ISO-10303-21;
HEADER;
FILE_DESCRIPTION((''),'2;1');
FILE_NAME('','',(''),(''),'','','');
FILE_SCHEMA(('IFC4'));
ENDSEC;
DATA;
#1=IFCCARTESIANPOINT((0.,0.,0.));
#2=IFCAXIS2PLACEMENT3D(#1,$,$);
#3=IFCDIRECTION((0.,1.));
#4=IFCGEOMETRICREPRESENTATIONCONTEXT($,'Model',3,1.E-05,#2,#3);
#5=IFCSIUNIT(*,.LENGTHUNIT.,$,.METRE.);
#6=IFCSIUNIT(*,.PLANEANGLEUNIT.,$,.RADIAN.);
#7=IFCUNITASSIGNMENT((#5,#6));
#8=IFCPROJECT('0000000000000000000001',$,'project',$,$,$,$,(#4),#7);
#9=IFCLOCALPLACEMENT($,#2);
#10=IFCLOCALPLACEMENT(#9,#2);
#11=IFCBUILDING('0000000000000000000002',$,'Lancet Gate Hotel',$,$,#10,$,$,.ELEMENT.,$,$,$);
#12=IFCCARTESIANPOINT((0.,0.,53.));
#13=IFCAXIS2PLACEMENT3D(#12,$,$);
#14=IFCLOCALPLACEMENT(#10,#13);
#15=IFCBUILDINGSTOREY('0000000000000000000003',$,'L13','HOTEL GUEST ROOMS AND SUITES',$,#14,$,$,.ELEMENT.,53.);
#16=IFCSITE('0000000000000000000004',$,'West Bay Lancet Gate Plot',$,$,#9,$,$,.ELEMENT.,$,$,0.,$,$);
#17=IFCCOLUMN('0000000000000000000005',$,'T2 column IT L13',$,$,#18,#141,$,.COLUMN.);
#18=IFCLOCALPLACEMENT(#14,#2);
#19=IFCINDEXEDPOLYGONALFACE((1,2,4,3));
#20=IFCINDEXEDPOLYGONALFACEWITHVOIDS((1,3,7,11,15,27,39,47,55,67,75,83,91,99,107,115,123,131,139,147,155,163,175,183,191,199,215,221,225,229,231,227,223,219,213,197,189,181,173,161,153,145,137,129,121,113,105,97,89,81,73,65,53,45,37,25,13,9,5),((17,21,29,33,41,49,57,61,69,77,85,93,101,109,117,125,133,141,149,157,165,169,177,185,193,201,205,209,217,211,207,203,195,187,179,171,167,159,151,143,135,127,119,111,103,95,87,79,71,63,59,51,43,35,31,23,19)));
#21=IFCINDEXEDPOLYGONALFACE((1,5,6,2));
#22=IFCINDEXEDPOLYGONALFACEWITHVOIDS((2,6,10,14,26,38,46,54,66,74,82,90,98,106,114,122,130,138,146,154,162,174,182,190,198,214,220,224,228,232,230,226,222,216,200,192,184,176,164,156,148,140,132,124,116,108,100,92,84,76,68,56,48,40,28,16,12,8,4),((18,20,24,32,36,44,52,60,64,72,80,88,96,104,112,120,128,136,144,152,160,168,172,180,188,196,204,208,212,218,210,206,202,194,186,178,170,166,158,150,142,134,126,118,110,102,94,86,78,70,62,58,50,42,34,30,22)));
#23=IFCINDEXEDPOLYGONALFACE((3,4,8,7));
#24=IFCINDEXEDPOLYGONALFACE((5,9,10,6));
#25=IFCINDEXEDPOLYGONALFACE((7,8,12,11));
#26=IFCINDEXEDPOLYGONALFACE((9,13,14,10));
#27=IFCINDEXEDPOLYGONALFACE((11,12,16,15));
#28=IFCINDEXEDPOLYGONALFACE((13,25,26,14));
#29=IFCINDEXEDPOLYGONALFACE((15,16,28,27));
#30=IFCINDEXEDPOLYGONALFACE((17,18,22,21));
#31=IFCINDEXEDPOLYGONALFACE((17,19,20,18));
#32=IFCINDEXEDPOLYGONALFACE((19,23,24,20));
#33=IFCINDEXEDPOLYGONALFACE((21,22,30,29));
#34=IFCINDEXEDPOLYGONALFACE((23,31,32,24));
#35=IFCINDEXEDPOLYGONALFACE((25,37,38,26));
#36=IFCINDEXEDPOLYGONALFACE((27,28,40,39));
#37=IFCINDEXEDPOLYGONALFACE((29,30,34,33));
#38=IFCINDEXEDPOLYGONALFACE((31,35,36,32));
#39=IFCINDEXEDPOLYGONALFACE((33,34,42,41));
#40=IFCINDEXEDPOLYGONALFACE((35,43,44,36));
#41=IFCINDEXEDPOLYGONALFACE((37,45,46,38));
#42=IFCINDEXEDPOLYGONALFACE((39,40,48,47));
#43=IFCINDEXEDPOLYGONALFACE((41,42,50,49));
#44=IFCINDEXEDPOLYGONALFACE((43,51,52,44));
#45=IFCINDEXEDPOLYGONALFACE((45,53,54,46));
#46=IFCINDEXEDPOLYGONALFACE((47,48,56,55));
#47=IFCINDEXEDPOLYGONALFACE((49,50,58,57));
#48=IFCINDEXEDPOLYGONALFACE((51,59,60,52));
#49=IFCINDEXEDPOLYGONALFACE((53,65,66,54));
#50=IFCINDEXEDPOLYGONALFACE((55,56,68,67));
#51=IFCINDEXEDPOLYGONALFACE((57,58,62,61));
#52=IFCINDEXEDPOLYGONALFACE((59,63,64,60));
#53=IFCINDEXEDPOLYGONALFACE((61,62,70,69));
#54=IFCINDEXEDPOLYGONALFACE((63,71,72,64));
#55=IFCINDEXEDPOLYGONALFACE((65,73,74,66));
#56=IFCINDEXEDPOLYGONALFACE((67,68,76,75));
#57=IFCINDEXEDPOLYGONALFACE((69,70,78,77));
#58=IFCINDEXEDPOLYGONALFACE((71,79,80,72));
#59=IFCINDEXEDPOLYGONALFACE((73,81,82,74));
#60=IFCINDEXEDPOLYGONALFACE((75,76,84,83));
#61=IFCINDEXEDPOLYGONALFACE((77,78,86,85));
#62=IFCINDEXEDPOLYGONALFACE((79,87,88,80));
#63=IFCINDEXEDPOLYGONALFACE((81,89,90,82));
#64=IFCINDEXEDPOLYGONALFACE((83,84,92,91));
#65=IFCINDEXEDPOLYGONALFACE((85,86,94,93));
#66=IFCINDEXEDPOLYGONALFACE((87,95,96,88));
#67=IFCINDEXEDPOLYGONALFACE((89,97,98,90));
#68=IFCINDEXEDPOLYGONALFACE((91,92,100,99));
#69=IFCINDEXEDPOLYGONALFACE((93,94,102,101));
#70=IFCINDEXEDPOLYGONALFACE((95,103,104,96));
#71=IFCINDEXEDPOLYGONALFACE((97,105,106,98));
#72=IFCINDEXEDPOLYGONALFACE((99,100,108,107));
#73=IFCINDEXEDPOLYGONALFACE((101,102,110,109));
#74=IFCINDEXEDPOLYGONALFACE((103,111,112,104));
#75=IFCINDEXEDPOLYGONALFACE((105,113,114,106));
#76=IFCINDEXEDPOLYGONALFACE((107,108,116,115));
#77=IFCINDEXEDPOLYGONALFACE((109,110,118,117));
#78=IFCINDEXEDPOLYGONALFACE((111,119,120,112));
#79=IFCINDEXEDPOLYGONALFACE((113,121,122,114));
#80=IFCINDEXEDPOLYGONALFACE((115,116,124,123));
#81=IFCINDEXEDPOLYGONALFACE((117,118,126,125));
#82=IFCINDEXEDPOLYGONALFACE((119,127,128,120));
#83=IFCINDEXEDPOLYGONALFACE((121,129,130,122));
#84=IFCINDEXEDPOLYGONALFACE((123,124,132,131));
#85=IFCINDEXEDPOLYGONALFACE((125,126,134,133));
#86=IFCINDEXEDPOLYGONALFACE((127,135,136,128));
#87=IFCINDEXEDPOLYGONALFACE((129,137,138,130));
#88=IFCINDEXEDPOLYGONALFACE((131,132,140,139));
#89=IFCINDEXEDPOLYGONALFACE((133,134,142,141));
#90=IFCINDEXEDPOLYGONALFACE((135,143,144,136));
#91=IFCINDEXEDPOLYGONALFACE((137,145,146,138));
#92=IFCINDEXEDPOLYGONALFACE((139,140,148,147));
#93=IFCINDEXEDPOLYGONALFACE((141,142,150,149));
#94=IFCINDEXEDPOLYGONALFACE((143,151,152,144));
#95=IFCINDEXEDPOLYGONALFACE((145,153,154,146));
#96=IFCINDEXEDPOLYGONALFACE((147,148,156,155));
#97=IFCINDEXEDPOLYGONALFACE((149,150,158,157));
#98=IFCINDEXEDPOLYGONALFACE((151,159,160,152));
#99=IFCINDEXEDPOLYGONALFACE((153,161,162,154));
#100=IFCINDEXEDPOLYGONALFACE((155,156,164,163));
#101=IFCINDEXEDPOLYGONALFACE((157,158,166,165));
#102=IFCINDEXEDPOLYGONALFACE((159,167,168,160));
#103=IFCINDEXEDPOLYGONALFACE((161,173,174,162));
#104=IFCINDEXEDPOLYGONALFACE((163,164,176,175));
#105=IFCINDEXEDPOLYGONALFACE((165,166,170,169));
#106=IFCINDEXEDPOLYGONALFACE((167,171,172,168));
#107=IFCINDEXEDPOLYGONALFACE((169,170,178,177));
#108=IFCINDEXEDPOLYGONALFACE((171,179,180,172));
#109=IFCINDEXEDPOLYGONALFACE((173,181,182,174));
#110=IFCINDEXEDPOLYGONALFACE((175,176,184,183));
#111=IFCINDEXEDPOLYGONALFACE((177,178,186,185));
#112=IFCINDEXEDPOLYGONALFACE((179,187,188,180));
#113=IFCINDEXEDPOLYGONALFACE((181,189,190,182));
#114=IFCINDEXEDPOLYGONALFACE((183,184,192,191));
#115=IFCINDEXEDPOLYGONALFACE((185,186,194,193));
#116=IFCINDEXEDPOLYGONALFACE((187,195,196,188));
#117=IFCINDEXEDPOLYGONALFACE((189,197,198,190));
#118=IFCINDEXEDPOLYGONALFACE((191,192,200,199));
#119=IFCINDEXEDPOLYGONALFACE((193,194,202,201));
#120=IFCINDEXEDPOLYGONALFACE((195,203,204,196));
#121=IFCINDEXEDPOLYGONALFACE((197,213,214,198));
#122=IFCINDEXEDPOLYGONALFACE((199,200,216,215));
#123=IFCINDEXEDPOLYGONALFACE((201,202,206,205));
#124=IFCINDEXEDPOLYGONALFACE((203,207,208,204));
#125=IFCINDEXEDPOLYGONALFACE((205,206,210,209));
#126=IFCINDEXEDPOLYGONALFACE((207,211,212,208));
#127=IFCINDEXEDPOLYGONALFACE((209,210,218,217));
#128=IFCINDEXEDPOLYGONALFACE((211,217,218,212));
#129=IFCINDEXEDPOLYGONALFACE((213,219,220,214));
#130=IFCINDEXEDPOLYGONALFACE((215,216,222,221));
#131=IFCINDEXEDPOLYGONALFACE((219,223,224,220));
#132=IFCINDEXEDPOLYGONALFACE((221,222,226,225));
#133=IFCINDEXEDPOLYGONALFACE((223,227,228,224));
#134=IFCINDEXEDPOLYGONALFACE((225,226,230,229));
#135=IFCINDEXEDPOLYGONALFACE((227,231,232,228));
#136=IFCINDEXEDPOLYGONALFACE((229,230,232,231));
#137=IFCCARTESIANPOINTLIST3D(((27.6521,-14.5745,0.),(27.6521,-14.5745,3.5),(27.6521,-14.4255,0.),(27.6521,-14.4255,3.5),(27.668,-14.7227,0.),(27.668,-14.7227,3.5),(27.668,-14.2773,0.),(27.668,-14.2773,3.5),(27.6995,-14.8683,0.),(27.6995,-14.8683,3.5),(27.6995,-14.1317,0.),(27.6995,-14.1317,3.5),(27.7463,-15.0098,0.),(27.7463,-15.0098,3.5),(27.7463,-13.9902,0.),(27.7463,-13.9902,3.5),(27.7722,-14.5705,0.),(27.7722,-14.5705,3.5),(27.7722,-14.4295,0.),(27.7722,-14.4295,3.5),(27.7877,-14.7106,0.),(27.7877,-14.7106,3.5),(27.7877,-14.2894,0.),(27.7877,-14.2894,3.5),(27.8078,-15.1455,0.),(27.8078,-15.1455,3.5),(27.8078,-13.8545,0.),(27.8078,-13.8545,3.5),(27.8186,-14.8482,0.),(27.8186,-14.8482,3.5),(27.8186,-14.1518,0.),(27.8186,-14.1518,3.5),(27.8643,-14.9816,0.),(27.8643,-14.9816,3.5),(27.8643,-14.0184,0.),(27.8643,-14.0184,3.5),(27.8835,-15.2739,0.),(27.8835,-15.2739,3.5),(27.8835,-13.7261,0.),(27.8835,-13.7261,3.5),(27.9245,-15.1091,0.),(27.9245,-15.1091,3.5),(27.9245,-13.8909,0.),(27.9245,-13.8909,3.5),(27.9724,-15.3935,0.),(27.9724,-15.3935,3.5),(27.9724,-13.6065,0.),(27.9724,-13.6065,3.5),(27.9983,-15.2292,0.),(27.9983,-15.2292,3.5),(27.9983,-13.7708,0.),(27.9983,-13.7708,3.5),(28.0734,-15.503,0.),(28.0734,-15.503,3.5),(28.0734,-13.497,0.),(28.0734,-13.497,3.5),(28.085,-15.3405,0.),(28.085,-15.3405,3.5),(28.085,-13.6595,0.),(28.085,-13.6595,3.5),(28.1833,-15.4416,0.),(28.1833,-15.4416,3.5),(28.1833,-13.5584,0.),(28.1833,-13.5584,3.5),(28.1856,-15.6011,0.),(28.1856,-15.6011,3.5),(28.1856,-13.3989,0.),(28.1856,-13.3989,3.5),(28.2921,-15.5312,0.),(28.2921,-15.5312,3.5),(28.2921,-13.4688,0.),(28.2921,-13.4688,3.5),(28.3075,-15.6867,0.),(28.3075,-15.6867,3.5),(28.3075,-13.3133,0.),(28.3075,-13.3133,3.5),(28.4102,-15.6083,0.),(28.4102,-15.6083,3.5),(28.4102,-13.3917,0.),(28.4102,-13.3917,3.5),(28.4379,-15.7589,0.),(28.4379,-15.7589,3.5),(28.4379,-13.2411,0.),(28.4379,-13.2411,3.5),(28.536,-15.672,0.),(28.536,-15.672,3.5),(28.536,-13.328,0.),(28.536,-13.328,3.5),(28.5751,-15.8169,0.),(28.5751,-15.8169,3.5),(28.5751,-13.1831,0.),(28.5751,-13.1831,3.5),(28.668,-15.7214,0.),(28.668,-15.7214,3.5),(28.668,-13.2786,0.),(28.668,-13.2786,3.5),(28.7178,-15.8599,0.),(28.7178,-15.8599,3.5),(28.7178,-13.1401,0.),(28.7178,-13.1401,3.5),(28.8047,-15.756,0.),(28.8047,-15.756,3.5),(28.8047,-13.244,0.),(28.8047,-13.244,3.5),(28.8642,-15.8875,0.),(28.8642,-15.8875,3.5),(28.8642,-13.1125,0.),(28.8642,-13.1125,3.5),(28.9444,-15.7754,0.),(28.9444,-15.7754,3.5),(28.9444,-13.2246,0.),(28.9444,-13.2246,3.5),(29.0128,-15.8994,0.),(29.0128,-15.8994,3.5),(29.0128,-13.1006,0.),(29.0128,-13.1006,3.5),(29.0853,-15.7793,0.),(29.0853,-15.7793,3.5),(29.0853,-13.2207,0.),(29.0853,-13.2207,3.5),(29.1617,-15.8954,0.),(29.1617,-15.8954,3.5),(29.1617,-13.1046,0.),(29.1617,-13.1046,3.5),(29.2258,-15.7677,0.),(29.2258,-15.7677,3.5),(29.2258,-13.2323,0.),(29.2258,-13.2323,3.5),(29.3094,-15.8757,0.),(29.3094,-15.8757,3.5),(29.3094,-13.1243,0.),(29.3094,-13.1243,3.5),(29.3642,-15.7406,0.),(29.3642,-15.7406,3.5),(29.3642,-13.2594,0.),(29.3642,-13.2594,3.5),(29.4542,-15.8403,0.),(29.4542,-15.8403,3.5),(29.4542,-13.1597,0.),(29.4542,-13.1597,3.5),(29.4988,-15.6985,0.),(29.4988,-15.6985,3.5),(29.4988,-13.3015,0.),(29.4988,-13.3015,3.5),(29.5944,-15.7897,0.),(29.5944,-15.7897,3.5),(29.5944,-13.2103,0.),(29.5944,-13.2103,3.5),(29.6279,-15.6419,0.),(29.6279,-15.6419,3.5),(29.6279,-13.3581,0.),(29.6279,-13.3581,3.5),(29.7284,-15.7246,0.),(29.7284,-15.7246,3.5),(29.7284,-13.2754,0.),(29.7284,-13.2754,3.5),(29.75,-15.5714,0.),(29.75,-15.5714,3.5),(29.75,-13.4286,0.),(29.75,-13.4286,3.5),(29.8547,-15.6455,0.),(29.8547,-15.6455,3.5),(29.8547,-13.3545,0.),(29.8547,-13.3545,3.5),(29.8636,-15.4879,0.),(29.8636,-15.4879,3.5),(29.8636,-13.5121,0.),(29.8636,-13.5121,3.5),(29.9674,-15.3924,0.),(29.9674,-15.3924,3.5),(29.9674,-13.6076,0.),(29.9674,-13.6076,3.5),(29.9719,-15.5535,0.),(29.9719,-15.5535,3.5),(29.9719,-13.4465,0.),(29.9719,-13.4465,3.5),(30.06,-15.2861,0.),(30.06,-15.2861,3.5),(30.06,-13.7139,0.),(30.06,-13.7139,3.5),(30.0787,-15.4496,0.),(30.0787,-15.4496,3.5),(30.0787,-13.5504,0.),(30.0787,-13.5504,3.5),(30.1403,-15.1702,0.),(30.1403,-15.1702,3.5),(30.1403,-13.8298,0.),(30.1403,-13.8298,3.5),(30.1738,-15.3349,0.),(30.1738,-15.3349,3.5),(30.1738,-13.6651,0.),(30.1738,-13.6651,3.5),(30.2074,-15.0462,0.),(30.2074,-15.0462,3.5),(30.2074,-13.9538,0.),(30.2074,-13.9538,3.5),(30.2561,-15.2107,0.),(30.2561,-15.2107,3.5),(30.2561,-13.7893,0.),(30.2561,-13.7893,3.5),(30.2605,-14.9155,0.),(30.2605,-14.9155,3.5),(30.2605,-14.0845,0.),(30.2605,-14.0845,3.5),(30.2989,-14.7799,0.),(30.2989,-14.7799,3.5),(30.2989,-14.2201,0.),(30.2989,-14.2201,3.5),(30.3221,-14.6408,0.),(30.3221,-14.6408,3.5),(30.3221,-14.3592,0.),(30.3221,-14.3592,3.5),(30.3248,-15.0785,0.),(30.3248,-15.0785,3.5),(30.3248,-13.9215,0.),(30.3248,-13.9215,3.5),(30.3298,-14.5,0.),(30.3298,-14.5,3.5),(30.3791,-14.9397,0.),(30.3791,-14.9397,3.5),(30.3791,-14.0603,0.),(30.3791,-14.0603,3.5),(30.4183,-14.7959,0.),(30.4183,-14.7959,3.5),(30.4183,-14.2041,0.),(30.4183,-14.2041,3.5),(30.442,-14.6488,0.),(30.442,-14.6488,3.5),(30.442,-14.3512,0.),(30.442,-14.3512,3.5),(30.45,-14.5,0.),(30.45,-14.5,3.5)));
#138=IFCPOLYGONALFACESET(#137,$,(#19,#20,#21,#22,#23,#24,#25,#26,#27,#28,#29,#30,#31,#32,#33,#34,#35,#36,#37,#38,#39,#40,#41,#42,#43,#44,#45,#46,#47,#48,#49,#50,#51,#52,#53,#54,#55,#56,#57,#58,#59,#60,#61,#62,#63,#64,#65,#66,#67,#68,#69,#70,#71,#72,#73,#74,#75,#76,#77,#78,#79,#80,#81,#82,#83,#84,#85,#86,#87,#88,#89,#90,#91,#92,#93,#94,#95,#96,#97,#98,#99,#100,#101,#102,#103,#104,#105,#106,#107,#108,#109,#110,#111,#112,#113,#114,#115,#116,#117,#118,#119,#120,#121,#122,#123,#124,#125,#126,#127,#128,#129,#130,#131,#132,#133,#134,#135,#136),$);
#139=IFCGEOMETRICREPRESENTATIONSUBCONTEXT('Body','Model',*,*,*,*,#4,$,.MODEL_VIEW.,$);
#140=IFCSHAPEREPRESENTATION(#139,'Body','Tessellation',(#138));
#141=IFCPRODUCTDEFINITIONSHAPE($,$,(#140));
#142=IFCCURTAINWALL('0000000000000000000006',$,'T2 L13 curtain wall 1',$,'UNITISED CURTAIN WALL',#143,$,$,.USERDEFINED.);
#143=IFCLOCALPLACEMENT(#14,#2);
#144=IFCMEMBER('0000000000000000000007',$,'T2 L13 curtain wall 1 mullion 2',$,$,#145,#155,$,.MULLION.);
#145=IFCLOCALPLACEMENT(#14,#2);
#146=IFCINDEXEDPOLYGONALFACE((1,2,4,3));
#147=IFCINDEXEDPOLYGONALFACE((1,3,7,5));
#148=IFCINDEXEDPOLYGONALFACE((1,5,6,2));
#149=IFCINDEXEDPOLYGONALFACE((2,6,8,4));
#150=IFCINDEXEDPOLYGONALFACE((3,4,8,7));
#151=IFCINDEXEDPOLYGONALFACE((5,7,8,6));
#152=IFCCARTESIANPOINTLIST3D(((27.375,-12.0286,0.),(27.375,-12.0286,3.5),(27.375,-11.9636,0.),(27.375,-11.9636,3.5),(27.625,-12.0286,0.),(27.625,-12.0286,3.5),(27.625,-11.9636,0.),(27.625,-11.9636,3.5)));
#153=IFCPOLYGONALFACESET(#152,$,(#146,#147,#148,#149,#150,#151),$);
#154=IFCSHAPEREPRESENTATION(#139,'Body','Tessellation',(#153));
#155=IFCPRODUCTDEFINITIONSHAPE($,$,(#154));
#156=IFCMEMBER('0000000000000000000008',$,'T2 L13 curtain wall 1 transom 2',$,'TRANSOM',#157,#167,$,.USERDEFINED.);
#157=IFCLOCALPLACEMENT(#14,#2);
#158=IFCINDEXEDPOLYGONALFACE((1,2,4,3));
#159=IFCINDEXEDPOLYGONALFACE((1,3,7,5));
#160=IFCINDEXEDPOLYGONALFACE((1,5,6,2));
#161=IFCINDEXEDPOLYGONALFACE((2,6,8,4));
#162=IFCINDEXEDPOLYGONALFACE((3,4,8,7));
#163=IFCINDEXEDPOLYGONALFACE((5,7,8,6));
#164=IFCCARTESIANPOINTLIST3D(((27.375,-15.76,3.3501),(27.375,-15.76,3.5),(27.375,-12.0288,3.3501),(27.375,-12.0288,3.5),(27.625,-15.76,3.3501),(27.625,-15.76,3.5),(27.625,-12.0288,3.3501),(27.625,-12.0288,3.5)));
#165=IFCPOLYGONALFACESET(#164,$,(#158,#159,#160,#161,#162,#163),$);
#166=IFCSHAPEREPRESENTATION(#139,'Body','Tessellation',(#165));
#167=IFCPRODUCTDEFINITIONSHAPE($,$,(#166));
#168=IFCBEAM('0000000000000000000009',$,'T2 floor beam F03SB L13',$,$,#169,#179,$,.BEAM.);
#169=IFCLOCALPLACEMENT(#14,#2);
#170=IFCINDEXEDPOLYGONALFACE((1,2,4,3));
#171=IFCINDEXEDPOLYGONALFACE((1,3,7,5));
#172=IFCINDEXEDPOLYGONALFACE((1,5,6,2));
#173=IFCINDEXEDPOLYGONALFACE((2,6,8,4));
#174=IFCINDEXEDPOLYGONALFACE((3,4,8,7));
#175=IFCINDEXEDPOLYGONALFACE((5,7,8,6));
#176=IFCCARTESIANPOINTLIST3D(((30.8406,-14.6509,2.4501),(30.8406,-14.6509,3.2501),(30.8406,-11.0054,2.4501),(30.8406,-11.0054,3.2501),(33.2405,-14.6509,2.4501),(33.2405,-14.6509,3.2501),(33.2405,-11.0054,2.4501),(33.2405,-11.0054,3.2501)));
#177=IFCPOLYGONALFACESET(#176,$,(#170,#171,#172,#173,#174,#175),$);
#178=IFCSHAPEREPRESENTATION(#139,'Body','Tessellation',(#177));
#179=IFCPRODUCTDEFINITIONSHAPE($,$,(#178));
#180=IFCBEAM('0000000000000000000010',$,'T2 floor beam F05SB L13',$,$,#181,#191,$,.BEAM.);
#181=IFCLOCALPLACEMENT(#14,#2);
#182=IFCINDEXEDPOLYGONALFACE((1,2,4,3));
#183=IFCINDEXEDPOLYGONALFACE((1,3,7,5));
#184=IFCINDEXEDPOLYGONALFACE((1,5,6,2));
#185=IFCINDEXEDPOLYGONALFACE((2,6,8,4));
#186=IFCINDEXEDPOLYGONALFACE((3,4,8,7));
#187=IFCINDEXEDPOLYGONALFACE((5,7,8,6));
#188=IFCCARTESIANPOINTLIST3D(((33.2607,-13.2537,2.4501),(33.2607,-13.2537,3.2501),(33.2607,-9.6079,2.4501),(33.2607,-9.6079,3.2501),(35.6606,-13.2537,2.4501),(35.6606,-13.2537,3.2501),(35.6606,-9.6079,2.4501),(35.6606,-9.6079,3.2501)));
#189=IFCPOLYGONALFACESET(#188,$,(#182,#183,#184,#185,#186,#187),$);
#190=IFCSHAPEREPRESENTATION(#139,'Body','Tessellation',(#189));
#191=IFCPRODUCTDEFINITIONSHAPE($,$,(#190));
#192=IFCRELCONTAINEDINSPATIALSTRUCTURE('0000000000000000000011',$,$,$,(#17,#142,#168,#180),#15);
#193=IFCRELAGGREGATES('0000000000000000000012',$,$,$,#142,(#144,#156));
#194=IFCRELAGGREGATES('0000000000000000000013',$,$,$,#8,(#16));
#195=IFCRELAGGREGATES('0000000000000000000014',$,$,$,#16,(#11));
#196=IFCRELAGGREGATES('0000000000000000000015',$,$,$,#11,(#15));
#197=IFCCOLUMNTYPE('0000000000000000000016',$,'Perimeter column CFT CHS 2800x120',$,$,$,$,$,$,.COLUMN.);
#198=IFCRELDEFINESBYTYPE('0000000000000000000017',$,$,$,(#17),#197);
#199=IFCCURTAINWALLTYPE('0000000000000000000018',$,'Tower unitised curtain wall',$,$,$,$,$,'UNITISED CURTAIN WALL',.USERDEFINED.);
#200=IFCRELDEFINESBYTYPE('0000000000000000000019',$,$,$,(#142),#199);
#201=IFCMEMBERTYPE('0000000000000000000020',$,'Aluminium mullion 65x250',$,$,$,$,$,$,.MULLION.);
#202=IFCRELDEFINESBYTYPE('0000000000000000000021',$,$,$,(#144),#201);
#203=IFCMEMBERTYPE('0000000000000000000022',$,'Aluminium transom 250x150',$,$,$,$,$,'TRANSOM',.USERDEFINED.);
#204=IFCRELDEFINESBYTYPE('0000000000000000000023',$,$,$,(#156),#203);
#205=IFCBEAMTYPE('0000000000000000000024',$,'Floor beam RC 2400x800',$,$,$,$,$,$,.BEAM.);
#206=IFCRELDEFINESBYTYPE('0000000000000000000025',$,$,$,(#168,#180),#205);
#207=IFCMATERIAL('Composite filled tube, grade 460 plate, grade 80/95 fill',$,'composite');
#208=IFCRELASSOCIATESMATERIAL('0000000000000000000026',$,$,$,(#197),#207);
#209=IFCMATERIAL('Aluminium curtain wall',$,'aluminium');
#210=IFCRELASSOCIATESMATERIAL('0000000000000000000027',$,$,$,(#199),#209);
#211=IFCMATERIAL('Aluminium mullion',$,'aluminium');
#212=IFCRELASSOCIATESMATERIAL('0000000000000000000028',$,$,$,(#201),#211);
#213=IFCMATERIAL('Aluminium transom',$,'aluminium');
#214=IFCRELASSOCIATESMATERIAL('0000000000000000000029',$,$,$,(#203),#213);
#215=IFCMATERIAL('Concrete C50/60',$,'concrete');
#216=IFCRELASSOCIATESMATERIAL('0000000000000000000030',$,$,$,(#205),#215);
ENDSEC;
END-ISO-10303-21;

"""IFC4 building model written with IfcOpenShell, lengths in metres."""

from ifc_helpers import new_model, si_unit, direction, frame, origin, origin_2d, place, context, subcontext, project, spatial, rectangle, hollow_circle, extrude, material, material_profile, profile_set, type_object, element, aggregate, save


model = new_model("IFC4")

# Units and contexts
model_context = context("Model", 3, precision=1e-05, world=origin(), true_north=direction((0.0, 1.0)))
body_context = subcontext(model_context, "Body", "Model", "MODEL_VIEW")
ifc_project = project(units=[si_unit("LENGTHUNIT", "METRE"), si_unit("PLANEANGLEUNIT", "RADIAN")], contexts=[model_context])

# Site, building, storey
site_placement = place(None, origin())
site = spatial("IfcSite", under=ifc_project, at=site_placement, Name="West Bay Lancet Gate Plot", CompositionType="ELEMENT", RefElevation=0.0)
building_placement = place(site_placement, origin())
building = spatial("IfcBuilding", under=site, at=building_placement, Name="Lancet Gate Hotel", CompositionType="ELEMENT")
storey_placement = place(building_placement, frame((0.0, 0.0, 53.0)))
storey = spatial("IfcBuildingStorey", under=building, at=storey_placement, Name="L13", Description="HOTEL GUEST ROOMS AND SUITES", CompositionType="ELEMENT", Elevation=53.0)

# Column
ifc_material_1 = material(Name="Composite filled tube, grade 460 plate, grade 80/95 fill", Category="composite")
ifc_material_profile_1 = material_profile(ifc_material_1, hollow_circle(Radius=1.3999, WallThickness=0.1201, at=origin_2d()), Name="CHS 2800x120")
ifc_profile_set_1 = profile_set([ifc_material_profile_1], Name="Composite filled tube, grade 460 plate, grade 80/95 fill")
column_type = type_object("IfcColumnType", Name="Perimeter column CFT CHS 2800x120", PredefinedType="COLUMN", material=ifc_profile_set_1)
for number, where, z_axis, x_axis, name in (
    (1, (29.05, -14.5, 0.0), (0.0, 0.0, 1.0), (1.0, 0.0, 0.0), "T2 column IT L13"),
):
    element("IfcColumn", number, at=place(storey_placement, frame(where, z_axis=z_axis, x_axis=x_axis)), inside=storey, type_object=column_type, Name=name, PredefinedType="COLUMN", context=body_context, shape_type="SweptSolid", body=[
        extrude(hollow_circle(Radius=1.3999, WallThickness=0.1201, at=origin_2d()), origin(), (0.0, 0.0, 1.0), 3.5),
    ])

# Curtain wall, members
ifc_material_2 = material(Name="Aluminium curtain wall", Category="aluminium")
curtain_wall_type = type_object("IfcCurtainWallType", Name="Tower unitised curtain wall", ElementType="UNITISED CURTAIN WALL", PredefinedType="USERDEFINED", material=ifc_material_2)
curtain_wall_placement = place(storey_placement, origin())
curtain_wall = element("IfcCurtainWall", 2, at=curtain_wall_placement, inside=storey, type_object=curtain_wall_type, Name="T2 L13 curtain wall 1", ObjectType="UNITISED CURTAIN WALL", PredefinedType="USERDEFINED")
ifc_material_3 = material(Name="Aluminium mullion", Category="aluminium")
ifc_material_profile_2 = material_profile(ifc_material_3, rectangle(XDim=0.0649, YDim=0.25, at=origin_2d()), Name="MULLION 65x250")
ifc_profile_set_2 = profile_set([ifc_material_profile_2], Name="Aluminium mullion")
member_type_1 = type_object("IfcMemberType", Name="Aluminium mullion 65x250", PredefinedType="MULLION", material=ifc_profile_set_2)
member_1_placement = place(storey_placement, frame((27.5, -11.9961, 0.0), z_axis=(0.0, 0.0, 1.0), x_axis=(0.0, -1.0, 0.0)))
member_1 = element("IfcMember", 3, at=member_1_placement, type_object=member_type_1, Name="T2 L13 curtain wall 1 mullion 2", PredefinedType="MULLION", context=body_context, shape_type="SweptSolid", body=[
    extrude(rectangle(XDim=0.0649, YDim=0.25, at=origin_2d()), origin(), (0.0, 0.0, 1.0), 3.5),
])
ifc_material_4 = material(Name="Aluminium transom", Category="aluminium")
ifc_material_profile_3 = material_profile(ifc_material_4, rectangle(XDim=0.25, YDim=0.1499, at=origin_2d()), Name="TRANSOM 250x150")
ifc_profile_set_3 = profile_set([ifc_material_profile_3], Name="Aluminium transom")
member_type_2 = type_object("IfcMemberType", Name="Aluminium transom 250x150", ElementType="TRANSOM", PredefinedType="USERDEFINED", material=ifc_profile_set_3)
member_2_placement = place(storey_placement, frame((27.5, -12.0288, 3.425), z_axis=(0.0, -1.0, 0.0), x_axis=(1.0, 0.0, 0.0)))
member_2 = element("IfcMember", 4, at=member_2_placement, type_object=member_type_2, Name="T2 L13 curtain wall 1 transom 2", ObjectType="TRANSOM", PredefinedType="USERDEFINED", context=body_context, shape_type="SweptSolid", body=[
    extrude(rectangle(XDim=0.25, YDim=0.1499, at=origin_2d()), origin(), (0.0, 0.0, 1.0), 3.7312),
])

# Beams
ifc_material_5 = material(Name="Concrete C50/60", Category="concrete")
ifc_material_profile_4 = material_profile(ifc_material_5, rectangle(XDim=2.3999, YDim=0.8, at=origin_2d()), Name="RC 2400x800")
ifc_profile_set_4 = profile_set([ifc_material_profile_4], Name="Concrete C50/60")
beam_type_1 = type_object("IfcBeamType", Name="Floor beam RC 2400x800", PredefinedType="BEAM", material=ifc_profile_set_4)
beam_1_placement = place(storey_placement, frame((32.0405, -14.6509, 2.8501), z_axis=(0.0, 1.0, 0.0), x_axis=(-1.0, 0.0, 0.0)))
element("IfcBeam", 5, at=beam_1_placement, inside=storey, type_object=beam_type_1, Name="T2 floor beam F03SB L13", PredefinedType="BEAM", context=body_context, shape_type="SweptSolid", body=[
    extrude(rectangle(XDim=2.3999, YDim=0.8, at=origin_2d()), origin(), (0.0, 0.0, 1.0), 3.6455),
])
for number, where, z_axis, x_axis, name in (
    (6, (34.4607, -13.2537, 2.8501), (0.0, 1.0, 0.0), (-1.0, 0.0, 0.0), "T2 floor beam F05SB L13"),
):
    element("IfcBeam", number, at=place(storey_placement, frame(where, z_axis=z_axis, x_axis=x_axis)), inside=storey, type_object=beam_type_1, Name=name, PredefinedType="BEAM", context=body_context, shape_type="SweptSolid", body=[
        extrude(rectangle(XDim=2.3999, YDim=0.8, at=origin_2d()), origin(), (0.0, 0.0, 1.0), 3.6458),
    ])

aggregate(curtain_wall, [member_1, member_2])

save(model, "model.ifc")
